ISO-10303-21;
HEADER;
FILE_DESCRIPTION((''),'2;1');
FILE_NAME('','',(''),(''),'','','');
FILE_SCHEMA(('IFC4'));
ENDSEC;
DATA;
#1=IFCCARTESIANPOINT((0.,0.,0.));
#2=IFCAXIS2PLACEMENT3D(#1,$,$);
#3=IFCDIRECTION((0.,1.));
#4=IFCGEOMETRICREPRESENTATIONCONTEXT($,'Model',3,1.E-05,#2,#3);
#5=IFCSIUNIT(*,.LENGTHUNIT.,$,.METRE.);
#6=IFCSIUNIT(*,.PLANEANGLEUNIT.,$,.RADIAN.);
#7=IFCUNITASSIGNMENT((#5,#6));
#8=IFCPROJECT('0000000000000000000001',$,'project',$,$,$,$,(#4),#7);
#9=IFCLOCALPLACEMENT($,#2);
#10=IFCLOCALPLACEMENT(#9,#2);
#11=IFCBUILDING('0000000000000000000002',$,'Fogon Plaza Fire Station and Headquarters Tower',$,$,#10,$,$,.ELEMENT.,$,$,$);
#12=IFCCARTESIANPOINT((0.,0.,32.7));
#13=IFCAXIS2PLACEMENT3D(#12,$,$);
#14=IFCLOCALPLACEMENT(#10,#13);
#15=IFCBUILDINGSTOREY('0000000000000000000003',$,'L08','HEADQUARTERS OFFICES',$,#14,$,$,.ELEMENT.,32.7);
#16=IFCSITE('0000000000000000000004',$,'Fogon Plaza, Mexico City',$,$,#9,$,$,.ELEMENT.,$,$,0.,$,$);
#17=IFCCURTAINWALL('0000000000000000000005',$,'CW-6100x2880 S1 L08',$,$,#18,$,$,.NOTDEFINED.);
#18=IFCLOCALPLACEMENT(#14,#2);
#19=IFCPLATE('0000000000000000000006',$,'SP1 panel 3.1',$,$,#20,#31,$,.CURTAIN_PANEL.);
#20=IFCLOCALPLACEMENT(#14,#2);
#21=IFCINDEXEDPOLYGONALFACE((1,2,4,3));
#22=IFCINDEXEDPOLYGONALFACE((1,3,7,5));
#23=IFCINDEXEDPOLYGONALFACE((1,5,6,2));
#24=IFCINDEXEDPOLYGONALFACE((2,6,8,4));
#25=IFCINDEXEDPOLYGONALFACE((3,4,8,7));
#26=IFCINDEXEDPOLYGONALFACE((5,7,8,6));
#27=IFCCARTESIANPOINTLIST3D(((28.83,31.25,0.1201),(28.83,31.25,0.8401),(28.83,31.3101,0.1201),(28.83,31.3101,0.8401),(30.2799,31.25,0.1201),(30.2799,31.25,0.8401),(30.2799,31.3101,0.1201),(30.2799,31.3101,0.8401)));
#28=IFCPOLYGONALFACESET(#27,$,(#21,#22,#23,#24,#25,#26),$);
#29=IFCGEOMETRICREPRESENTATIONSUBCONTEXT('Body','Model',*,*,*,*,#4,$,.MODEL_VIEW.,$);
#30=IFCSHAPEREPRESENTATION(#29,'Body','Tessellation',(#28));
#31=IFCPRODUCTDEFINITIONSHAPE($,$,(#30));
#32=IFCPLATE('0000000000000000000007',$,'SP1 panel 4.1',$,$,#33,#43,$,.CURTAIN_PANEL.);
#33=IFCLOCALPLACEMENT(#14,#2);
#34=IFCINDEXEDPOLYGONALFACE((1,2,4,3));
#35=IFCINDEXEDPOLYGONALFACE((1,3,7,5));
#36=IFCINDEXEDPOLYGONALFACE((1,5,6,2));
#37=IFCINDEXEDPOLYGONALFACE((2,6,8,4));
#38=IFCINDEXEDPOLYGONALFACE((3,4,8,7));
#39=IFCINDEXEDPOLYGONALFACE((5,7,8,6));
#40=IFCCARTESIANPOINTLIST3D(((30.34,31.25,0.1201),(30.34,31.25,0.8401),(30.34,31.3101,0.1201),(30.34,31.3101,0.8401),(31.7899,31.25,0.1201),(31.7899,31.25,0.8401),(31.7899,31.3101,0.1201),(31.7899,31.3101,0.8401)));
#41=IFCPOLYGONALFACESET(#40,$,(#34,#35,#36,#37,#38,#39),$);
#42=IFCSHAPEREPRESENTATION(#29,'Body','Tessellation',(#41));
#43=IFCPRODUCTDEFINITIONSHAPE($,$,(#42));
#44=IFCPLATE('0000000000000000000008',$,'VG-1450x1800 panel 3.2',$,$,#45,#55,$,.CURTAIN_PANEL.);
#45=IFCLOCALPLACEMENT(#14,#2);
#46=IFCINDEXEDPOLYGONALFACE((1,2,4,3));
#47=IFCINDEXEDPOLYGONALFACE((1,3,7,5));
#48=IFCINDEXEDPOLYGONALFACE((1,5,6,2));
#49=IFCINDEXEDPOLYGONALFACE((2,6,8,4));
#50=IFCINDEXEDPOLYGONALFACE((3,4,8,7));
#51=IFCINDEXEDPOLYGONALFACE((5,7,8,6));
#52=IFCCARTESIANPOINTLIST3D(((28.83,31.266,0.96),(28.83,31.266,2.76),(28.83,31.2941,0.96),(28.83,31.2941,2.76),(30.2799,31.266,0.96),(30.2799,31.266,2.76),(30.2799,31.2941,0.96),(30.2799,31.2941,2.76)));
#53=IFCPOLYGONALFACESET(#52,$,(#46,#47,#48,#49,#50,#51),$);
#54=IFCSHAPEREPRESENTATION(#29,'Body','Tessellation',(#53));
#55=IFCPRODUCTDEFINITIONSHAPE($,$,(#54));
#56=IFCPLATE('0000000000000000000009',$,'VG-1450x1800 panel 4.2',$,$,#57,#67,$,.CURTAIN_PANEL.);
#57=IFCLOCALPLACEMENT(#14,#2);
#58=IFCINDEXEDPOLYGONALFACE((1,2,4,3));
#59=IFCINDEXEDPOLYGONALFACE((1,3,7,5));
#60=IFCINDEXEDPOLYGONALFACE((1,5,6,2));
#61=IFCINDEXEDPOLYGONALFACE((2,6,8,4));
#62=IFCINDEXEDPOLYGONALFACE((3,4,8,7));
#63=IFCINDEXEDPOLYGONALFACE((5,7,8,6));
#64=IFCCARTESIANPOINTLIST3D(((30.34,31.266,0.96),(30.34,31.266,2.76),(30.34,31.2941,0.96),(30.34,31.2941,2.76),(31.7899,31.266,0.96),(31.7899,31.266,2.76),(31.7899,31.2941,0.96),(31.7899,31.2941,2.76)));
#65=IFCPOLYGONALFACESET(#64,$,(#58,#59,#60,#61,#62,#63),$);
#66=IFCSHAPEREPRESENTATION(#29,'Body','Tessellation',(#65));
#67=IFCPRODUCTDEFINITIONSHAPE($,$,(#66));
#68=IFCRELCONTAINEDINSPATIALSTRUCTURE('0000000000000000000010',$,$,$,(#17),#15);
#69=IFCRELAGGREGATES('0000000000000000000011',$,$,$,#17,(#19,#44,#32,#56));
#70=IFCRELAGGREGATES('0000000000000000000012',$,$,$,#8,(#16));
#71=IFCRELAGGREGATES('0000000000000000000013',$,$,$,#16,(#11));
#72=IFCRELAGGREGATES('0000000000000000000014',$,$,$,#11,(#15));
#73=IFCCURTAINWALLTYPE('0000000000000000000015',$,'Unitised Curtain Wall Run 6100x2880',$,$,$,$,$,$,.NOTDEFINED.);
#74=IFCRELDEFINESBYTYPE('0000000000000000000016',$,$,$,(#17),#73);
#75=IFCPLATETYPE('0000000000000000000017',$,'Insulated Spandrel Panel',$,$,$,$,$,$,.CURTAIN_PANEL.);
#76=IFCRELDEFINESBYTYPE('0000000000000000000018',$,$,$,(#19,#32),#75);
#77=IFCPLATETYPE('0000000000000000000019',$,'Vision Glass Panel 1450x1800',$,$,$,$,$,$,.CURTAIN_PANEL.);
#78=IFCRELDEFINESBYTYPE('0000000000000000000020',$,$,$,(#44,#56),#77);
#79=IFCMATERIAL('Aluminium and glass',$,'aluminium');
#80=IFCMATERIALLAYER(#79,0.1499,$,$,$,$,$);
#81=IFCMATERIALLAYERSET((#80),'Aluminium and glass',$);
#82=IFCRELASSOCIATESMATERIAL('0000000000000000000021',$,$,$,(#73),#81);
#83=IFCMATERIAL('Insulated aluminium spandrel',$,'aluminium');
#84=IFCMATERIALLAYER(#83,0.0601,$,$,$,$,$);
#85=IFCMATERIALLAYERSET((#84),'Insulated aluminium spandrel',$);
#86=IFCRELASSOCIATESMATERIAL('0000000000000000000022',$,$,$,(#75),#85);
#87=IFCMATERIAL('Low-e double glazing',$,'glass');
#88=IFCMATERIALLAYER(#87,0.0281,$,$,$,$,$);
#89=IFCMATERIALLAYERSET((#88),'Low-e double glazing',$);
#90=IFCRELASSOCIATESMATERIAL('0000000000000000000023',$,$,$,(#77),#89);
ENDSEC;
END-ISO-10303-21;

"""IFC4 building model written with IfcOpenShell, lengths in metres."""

from ifc_helpers import new_model, si_unit, direction, frame, origin, origin_2d, place, context, subcontext, project, spatial, rectangle, extrude, material, layer, layer_set, type_object, element, aggregate, save


model = new_model("IFC4")

# Units and contexts
model_context = context("Model", 3, precision=1e-05, world=origin(), true_north=direction((0.0, 1.0)))
body_context = subcontext(model_context, "Body", "Model", "MODEL_VIEW")
ifc_project = project(units=[si_unit("LENGTHUNIT", "METRE"), si_unit("PLANEANGLEUNIT", "RADIAN")], contexts=[model_context])

# Site, building, storey
site_placement = place(None, origin())
site = spatial("IfcSite", under=ifc_project, at=site_placement, Name="Fogon Plaza, Mexico City", CompositionType="ELEMENT", RefElevation=0.0)
building_placement = place(site_placement, origin())
building = spatial("IfcBuilding", under=site, at=building_placement, Name="Fogon Plaza Fire Station and Headquarters Tower", CompositionType="ELEMENT")
storey_placement = place(building_placement, frame((0.0, 0.0, 32.7)))
storey = spatial("IfcBuildingStorey", under=building, at=storey_placement, Name="L08", Description="HEADQUARTERS OFFICES", CompositionType="ELEMENT", Elevation=32.7)

# Curtain wall
ifc_material_1 = material(Name="Aluminium and glass", Category="aluminium")
ifc_layer_1 = layer(ifc_material_1, 0.1499)
ifc_layer_set_1 = layer_set([ifc_layer_1], Name="Aluminium and glass")
curtain_wall_type = type_object("IfcCurtainWallType", Name="Unitised Curtain Wall Run 6100x2880", PredefinedType="NOTDEFINED", material=ifc_layer_set_1)
curtain_wall_placement = place(storey_placement, origin())
curtain_wall = element("IfcCurtainWall", 1, at=curtain_wall_placement, inside=storey, type_object=curtain_wall_type, Name="CW-6100x2880 S1 L08", PredefinedType="NOTDEFINED")

# Plates
ifc_material_2 = material(Name="Insulated aluminium spandrel", Category="aluminium")
ifc_layer_2 = layer(ifc_material_2, 0.0601)
ifc_layer_set_2 = layer_set([ifc_layer_2], Name="Insulated aluminium spandrel")
plate_type_1 = type_object("IfcPlateType", Name="Insulated Spandrel Panel", PredefinedType="CURTAIN_PANEL", material=ifc_layer_set_2)
plate_1_placement = place(storey_placement, frame((29.5549, 31.28, 0.1201), z_axis=(0.0, 0.0, 1.0), x_axis=(1.0, 0.0, 0.0)))
plate_1 = element("IfcPlate", 2, at=plate_1_placement, type_object=plate_type_1, Name="SP1 panel 3.1", PredefinedType="CURTAIN_PANEL", context=body_context, shape_type="SweptSolid", body=[
    extrude(rectangle(XDim=1.45, YDim=0.0601, at=origin_2d()), origin(), (0.0, 0.0, 1.0), 0.72),
])
plate_2_placement = place(storey_placement, frame((31.0649, 31.28, 0.1201), z_axis=(0.0, 0.0, 1.0), x_axis=(1.0, 0.0, 0.0)))
plate_2 = element("IfcPlate", 3, at=plate_2_placement, type_object=plate_type_1, Name="SP1 panel 4.1", PredefinedType="CURTAIN_PANEL", context=body_context, shape_type="SweptSolid", body=[
    extrude(rectangle(XDim=1.45, YDim=0.0601, at=origin_2d()), origin(), (0.0, 0.0, 1.0), 0.72),
])
ifc_material_3 = material(Name="Low-e double glazing", Category="glass")
ifc_layer_3 = layer(ifc_material_3, 0.0281)
ifc_layer_set_3 = layer_set([ifc_layer_3], Name="Low-e double glazing")
plate_type_2 = type_object("IfcPlateType", Name="Vision Glass Panel 1450x1800", PredefinedType="CURTAIN_PANEL", material=ifc_layer_set_3)
plate_3_placement = place(storey_placement, frame((29.5549, 31.28, 0.96), z_axis=(0.0, 0.0, 1.0), x_axis=(1.0, 0.0, 0.0)))
plate_3 = element("IfcPlate", 4, at=plate_3_placement, type_object=plate_type_2, Name="VG-1450x1800 panel 3.2", PredefinedType="CURTAIN_PANEL", context=body_context, shape_type="SweptSolid", body=[
    extrude(rectangle(XDim=1.45, YDim=0.0281, at=origin_2d()), origin(), (0.0, 0.0, 1.0), 1.8),
])
plate_4_placement = place(storey_placement, frame((31.0649, 31.28, 0.96), z_axis=(0.0, 0.0, 1.0), x_axis=(1.0, 0.0, 0.0)))
plate_4 = element("IfcPlate", 5, at=plate_4_placement, type_object=plate_type_2, Name="VG-1450x1800 panel 4.2", PredefinedType="CURTAIN_PANEL", context=body_context, shape_type="SweptSolid", body=[
    extrude(rectangle(XDim=1.45, YDim=0.0281, at=origin_2d()), origin(), (0.0, 0.0, 1.0), 1.8),
])
aggregate(curtain_wall, [plate_1, plate_3, plate_2, plate_4])

save(model, "model.ifc")
